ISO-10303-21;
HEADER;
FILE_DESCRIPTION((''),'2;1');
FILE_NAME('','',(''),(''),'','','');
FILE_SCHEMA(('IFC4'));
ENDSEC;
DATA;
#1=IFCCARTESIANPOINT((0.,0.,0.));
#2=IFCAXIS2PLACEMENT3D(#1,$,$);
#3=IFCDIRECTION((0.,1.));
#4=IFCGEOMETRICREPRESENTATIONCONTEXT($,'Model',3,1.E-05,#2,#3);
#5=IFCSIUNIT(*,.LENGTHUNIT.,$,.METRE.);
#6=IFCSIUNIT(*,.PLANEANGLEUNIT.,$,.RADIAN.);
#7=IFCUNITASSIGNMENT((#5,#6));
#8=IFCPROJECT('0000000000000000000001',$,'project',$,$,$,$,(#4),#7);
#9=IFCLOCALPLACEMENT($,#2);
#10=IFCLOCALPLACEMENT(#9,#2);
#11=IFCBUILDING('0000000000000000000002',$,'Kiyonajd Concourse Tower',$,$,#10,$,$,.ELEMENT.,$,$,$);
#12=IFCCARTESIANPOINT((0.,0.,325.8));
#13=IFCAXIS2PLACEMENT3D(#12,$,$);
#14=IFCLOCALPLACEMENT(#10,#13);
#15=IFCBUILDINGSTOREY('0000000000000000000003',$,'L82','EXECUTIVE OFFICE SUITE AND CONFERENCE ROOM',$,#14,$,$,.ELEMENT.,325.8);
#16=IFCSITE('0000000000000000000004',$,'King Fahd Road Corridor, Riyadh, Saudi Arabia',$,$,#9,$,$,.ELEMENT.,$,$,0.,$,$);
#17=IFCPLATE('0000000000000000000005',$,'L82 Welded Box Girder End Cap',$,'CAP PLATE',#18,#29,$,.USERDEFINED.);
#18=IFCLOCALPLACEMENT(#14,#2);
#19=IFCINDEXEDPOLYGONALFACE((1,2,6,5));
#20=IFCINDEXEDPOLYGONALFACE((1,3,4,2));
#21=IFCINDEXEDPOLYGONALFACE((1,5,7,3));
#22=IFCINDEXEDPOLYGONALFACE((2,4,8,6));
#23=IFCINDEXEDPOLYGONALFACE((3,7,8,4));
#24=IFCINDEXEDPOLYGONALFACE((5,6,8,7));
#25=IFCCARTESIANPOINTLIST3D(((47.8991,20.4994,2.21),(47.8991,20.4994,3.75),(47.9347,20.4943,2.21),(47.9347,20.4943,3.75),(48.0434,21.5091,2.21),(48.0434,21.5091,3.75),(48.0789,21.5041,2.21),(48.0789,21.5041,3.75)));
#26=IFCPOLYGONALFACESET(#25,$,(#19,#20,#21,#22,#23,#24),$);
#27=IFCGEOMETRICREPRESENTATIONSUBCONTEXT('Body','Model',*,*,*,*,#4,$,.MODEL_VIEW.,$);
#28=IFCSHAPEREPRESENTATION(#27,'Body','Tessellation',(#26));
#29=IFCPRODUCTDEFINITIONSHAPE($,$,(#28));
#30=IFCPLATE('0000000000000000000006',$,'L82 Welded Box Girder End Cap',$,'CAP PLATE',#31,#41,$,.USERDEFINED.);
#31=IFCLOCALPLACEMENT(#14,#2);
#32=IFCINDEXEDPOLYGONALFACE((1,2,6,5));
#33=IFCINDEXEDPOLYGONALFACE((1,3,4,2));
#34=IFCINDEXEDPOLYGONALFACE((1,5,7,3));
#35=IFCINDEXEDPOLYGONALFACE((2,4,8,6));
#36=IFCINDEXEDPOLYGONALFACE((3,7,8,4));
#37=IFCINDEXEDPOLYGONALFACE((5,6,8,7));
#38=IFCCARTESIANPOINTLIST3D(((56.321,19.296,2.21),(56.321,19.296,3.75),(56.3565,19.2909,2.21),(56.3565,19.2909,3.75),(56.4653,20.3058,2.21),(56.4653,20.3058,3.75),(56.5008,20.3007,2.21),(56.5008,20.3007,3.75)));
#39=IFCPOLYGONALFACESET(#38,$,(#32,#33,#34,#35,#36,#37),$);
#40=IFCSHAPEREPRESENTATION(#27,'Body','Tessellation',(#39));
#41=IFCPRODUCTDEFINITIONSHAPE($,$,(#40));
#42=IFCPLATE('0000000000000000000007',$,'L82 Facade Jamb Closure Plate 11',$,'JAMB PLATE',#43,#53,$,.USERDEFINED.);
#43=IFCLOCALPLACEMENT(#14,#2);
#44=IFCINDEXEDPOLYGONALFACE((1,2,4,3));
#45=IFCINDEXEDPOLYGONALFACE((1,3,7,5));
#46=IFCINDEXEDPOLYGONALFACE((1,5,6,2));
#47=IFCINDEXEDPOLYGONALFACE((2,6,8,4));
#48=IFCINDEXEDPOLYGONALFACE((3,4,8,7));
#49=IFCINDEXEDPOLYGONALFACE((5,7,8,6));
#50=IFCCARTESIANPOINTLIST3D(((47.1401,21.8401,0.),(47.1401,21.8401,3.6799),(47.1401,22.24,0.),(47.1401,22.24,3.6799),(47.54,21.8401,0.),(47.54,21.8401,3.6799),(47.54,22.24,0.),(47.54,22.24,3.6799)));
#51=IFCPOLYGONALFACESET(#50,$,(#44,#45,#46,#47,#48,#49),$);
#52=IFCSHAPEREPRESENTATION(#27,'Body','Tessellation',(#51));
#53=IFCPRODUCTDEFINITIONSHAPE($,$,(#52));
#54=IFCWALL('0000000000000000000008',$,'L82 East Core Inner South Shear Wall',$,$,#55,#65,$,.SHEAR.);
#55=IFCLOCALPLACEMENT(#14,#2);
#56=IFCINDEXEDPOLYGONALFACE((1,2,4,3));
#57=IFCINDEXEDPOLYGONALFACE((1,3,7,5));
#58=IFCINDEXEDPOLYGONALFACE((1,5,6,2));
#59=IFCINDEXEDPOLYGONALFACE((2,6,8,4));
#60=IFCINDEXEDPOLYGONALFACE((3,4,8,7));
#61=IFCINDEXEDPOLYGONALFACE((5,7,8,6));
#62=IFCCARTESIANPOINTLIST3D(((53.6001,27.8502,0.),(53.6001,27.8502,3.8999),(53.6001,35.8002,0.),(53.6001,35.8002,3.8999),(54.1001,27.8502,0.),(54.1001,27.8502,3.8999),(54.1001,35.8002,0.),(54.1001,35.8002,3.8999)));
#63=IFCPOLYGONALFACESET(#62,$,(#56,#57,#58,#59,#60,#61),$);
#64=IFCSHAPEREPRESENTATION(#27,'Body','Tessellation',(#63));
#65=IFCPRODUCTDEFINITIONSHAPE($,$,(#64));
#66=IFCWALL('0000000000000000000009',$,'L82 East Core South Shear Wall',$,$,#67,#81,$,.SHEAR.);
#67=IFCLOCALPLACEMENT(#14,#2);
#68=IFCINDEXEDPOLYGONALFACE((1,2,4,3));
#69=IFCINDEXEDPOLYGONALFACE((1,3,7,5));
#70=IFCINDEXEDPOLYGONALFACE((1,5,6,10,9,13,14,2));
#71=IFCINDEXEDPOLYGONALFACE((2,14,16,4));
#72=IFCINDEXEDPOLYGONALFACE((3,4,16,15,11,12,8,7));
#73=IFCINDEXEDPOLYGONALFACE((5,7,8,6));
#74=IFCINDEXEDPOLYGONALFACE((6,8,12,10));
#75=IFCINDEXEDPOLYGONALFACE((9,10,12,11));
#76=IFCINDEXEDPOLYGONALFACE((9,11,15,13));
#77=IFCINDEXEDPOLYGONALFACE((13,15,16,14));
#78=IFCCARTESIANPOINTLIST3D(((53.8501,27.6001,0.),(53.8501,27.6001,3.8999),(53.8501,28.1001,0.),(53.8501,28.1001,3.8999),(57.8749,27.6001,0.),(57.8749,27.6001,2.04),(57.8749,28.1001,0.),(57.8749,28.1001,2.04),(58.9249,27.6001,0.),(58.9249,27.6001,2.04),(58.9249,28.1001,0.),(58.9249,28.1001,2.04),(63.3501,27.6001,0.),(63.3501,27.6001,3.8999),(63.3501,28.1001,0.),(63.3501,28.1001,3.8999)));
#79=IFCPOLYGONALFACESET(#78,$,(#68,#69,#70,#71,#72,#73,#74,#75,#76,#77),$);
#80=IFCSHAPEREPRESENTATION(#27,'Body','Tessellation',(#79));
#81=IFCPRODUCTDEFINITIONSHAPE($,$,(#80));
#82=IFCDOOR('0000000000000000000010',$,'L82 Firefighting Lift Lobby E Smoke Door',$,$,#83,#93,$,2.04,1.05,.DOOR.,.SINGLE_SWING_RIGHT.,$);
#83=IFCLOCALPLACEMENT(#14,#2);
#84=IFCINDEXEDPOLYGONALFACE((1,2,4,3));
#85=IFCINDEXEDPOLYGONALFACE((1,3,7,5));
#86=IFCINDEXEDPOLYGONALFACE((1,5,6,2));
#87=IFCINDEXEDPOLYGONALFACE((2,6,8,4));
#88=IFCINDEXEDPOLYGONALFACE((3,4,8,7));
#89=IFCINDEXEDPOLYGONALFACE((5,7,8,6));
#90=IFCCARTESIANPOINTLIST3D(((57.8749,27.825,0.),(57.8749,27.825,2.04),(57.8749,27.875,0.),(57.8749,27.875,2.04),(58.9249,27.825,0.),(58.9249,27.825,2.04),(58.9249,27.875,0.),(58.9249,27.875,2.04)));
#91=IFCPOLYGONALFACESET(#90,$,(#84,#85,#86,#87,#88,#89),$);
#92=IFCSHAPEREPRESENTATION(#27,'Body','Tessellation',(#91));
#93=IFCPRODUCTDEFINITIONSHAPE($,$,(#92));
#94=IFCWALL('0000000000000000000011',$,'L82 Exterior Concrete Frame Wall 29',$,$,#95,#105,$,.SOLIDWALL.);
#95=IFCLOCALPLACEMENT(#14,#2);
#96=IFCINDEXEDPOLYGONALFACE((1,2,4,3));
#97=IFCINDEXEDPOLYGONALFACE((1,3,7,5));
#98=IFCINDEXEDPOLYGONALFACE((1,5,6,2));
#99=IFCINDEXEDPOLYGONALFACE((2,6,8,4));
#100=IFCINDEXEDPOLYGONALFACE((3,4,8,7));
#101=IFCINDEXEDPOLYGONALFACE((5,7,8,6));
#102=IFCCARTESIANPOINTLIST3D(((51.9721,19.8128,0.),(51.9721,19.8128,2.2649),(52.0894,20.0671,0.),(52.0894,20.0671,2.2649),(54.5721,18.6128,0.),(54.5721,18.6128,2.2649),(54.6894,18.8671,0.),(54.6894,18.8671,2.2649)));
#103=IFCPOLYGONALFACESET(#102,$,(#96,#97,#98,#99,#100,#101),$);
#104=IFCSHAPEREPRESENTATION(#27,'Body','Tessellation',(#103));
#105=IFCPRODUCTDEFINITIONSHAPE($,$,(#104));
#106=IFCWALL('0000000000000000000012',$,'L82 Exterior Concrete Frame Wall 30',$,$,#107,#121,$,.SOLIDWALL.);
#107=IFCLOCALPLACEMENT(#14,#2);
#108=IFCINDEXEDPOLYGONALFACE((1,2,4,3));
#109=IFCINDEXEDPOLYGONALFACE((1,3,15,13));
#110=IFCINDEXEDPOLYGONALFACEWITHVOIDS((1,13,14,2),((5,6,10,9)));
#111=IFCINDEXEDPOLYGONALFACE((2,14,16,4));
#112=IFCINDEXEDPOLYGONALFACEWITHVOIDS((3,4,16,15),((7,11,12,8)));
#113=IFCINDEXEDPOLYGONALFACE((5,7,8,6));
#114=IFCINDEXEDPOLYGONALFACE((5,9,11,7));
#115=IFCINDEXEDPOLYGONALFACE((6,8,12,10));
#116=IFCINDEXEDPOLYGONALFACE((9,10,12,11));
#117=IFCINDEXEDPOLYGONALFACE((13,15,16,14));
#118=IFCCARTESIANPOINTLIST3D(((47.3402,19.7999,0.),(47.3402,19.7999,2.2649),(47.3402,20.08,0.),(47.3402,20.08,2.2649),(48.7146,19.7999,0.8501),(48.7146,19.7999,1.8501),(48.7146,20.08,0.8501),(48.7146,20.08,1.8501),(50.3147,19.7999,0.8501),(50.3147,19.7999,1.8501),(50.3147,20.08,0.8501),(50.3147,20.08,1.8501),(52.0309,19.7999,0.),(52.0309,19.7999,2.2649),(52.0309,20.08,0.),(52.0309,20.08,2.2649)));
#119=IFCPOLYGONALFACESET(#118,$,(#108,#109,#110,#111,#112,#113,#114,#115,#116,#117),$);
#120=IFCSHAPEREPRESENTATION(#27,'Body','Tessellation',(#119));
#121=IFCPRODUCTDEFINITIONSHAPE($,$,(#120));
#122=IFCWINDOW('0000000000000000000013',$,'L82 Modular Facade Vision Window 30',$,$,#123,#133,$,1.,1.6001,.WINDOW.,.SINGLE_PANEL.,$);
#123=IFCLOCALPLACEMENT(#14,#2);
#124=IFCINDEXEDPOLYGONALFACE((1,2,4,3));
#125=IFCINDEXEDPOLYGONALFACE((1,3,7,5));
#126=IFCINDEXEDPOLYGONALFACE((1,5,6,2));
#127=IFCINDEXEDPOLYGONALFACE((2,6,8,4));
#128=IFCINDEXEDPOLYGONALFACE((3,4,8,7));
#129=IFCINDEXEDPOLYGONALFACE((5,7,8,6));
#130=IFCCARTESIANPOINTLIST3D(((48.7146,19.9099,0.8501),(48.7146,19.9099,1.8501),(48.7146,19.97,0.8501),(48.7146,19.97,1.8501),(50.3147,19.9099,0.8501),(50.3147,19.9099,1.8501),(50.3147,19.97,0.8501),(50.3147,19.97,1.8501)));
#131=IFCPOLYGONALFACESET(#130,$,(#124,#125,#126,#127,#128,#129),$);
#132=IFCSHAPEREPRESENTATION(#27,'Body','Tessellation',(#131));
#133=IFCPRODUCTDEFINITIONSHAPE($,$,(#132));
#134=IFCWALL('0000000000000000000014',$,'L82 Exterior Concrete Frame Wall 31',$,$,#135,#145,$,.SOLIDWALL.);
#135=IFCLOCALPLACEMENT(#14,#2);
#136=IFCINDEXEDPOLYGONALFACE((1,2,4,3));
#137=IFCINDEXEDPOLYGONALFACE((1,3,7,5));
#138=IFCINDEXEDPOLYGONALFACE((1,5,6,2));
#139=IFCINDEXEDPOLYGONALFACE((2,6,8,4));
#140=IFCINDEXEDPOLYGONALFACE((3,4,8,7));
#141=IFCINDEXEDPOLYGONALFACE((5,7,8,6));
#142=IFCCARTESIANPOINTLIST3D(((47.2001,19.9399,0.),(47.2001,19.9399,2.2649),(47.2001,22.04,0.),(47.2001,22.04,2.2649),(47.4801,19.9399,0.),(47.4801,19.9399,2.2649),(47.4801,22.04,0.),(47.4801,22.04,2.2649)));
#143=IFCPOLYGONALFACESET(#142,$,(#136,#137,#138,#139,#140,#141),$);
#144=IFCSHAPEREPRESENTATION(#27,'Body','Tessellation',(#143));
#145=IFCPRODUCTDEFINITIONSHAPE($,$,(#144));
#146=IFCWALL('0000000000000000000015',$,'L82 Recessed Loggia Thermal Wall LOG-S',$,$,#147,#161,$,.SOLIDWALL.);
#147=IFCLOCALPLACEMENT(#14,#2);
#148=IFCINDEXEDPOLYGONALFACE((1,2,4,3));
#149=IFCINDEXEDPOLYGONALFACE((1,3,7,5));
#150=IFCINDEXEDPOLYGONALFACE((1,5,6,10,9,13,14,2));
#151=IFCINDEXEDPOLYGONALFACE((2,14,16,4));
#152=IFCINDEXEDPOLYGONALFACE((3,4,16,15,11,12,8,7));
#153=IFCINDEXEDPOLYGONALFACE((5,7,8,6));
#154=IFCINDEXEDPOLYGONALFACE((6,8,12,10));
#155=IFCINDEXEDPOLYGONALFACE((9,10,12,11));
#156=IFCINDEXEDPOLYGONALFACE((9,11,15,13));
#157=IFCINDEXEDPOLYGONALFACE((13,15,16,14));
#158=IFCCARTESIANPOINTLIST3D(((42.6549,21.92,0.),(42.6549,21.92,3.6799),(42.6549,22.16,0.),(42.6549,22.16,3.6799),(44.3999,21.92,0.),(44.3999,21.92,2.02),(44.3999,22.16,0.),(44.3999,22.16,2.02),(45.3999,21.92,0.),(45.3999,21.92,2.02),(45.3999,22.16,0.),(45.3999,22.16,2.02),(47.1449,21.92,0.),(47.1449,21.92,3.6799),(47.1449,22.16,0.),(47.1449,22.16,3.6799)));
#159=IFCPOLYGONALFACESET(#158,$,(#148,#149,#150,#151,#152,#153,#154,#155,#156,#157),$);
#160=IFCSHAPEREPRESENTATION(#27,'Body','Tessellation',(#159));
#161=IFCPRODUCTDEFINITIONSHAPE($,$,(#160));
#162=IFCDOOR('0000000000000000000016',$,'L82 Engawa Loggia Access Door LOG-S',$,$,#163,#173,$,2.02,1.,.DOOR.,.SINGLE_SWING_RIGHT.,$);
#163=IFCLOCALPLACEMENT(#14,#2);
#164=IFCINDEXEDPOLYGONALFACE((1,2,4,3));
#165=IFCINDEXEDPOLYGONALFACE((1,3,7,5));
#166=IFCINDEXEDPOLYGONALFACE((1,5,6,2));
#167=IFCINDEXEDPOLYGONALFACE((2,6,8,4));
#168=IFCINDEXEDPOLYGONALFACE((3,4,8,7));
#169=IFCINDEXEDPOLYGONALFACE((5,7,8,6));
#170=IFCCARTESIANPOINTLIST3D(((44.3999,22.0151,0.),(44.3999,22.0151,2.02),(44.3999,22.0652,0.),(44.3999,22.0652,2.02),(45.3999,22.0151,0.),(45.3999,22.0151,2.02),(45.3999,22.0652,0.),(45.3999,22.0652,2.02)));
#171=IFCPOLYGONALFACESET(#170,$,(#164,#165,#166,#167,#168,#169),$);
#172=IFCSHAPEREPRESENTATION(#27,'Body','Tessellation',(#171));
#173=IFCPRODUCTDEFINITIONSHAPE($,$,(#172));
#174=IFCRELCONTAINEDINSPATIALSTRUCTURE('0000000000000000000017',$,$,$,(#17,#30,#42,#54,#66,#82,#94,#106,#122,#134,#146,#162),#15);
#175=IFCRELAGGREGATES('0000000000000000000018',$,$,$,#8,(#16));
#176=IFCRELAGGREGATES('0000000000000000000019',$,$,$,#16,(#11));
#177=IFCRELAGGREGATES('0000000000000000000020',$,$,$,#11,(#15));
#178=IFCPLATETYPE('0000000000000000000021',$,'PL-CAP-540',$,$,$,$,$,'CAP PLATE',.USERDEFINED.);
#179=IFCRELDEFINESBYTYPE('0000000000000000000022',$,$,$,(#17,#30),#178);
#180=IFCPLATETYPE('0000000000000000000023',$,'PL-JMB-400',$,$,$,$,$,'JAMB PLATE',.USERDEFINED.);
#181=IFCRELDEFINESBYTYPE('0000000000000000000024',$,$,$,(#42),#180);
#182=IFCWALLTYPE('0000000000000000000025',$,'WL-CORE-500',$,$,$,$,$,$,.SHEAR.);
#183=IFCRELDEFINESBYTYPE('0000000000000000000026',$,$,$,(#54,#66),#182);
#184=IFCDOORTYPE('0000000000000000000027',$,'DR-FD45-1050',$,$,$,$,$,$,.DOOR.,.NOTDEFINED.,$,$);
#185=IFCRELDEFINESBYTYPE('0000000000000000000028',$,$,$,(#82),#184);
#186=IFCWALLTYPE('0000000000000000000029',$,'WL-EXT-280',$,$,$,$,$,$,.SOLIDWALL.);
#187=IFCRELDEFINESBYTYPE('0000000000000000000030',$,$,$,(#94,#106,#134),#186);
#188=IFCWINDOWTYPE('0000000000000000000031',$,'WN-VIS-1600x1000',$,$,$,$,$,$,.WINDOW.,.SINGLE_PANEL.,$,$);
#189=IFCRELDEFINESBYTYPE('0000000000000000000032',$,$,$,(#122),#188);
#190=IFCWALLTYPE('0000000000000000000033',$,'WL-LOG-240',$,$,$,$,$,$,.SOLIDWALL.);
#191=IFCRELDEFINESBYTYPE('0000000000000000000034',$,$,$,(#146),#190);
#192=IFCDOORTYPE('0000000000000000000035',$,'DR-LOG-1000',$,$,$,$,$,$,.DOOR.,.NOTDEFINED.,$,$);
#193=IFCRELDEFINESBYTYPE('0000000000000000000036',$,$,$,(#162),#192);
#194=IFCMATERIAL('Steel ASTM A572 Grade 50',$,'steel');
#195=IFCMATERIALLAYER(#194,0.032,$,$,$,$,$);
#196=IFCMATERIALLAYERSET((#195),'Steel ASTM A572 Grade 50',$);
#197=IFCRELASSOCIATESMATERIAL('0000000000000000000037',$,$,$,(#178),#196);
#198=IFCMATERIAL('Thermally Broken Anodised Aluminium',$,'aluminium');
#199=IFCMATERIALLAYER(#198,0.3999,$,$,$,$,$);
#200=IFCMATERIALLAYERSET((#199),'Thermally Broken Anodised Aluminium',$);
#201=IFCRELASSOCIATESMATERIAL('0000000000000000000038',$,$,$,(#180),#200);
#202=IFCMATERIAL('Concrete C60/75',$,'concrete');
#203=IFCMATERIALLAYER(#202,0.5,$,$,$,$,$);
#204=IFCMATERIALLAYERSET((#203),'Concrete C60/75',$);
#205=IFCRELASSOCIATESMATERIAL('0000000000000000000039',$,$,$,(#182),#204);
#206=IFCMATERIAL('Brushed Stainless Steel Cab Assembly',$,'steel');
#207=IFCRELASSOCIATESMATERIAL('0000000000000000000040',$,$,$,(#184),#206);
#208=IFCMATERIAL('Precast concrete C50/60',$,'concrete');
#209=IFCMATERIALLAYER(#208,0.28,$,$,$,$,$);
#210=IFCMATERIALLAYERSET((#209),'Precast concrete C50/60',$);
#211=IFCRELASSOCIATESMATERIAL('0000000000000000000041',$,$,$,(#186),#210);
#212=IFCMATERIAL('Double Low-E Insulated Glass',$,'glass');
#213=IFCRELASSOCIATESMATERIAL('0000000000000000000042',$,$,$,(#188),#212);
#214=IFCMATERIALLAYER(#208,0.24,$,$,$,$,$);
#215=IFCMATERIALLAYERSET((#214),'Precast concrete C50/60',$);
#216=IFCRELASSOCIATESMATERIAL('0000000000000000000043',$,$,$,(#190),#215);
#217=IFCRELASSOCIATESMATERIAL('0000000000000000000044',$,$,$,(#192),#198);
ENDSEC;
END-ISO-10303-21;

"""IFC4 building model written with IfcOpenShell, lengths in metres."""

from ifc_helpers import new_model, si_unit, direction, frame, frame_2d, origin, origin_2d, place, context, subcontext, project, spatial, rectangle, extrude, material, layer, layer_set, type_object, element, fill, save


model = new_model("IFC4")

# Units and contexts
model_context = context("Model", 3, precision=1e-05, world=origin(), true_north=direction((0.0, 1.0)))
body_context = subcontext(model_context, "Body", "Model", "MODEL_VIEW")
ifc_project = project(units=[si_unit("LENGTHUNIT", "METRE"), si_unit("PLANEANGLEUNIT", "RADIAN")], contexts=[model_context])

# Site, building, storey
site_placement = place(None, origin())
site = spatial("IfcSite", under=ifc_project, at=site_placement, Name="King Fahd Road Corridor, Riyadh, Saudi Arabia", CompositionType="ELEMENT", RefElevation=0.0)
building_placement = place(site_placement, origin())
building = spatial("IfcBuilding", under=site, at=building_placement, Name="Kiyonajd Concourse Tower", CompositionType="ELEMENT")
storey_placement = place(building_placement, frame((0.0, 0.0, 325.8)))
storey = spatial("IfcBuildingStorey", under=building, at=storey_placement, Name="L82", Description="EXECUTIVE OFFICE SUITE AND CONFERENCE ROOM", CompositionType="ELEMENT", Elevation=325.8)

# Shared definitions
ifc_material_1 = material(Name="Concrete C60/75", Category="concrete")

# Shared definitions
ifc_material_2 = material(Name="Steel ASTM A572 Grade 50", Category="steel")

# Plates
ifc_layer_1 = layer(ifc_material_2, 0.032)
ifc_layer_set_1 = layer_set([ifc_layer_1], Name="Steel ASTM A572 Grade 50")
plate_type_1 = type_object("IfcPlateType", Name="PL-CAP-540", ElementType="CAP PLATE", PredefinedType="USERDEFINED", material=ifc_layer_set_1)
for number, where, z_axis, x_axis, name in (
    (1, (47.989, 21.0017, 2.21), (0.0, 0.0, 1.0), (-0.98995, 0.14142, 0.0), "L82 Welded Box Girder End Cap"),
    (2, (56.4109, 19.7983, 2.21), (0.0, 0.0, 1.0), (0.98995, -0.14142, 0.0), "L82 Welded Box Girder End Cap"),
):
    element("IfcPlate", number, at=place(storey_placement, frame(where, z_axis=z_axis, x_axis=x_axis)), inside=storey, type_object=plate_type_1, Name=name, ObjectType="CAP PLATE", PredefinedType="USERDEFINED", context=body_context, shape_type="SweptSolid", body=[
        extrude(rectangle(XDim=0.0359, YDim=1.02, at=origin_2d()), origin(), (0.0, 0.0, 1.0), 1.54),
    ])
ifc_material_3 = material(Name="Thermally Broken Anodised Aluminium", Category="aluminium")
ifc_layer_2 = layer(ifc_material_3, 0.3999)
ifc_layer_set_2 = layer_set([ifc_layer_2], Name="Thermally Broken Anodised Aluminium")
plate_type_2 = type_object("IfcPlateType", Name="PL-JMB-400", ElementType="JAMB PLATE", PredefinedType="USERDEFINED", material=ifc_layer_set_2)
plate_placement = place(storey_placement, frame((47.3401, 22.04, 0.0), z_axis=(0.0, 0.0, 1.0), x_axis=(1.0, 0.0, 0.0)))
element("IfcPlate", 3, at=plate_placement, inside=storey, type_object=plate_type_2, Name="L82 Facade Jamb Closure Plate 11", ObjectType="JAMB PLATE", PredefinedType="USERDEFINED", context=body_context, shape_type="SweptSolid", body=[
    extrude(rectangle(XDim=0.3999, YDim=0.3999, at=origin_2d()), origin(), (0.0, 0.0, 1.0), 3.6799),
])

# Wall
ifc_layer_3 = layer(ifc_material_1, 0.5)
ifc_layer_set_3 = layer_set([ifc_layer_3], Name="Concrete C60/75")
wall_type_1 = type_object("IfcWallType", Name="WL-CORE-500", PredefinedType="SHEAR", material=ifc_layer_set_3)
wall_1_placement = place(storey_placement, frame((53.8501, 27.8501, 0.0), z_axis=(0.0, 0.0, 1.0), x_axis=(0.0, 1.0, 0.0)))
element("IfcWall", 4, at=wall_1_placement, inside=storey, type_object=wall_type_1, Name="L82 East Core Inner South Shear Wall", PredefinedType="SHEAR", context=body_context, shape_type="SweptSolid", body=[
    extrude(rectangle(XDim=7.95, YDim=0.5, at=frame_2d((3.9751, 0.0))), origin(), (0.0, 0.0, 1.0), 3.8999),
])

# Wall, opening, door
wall_2_placement = place(storey_placement, frame((53.8501, 27.8501, 0.0), z_axis=(0.0, 0.0, 1.0), x_axis=(1.0, 0.0, 0.0)))
wall_2 = element("IfcWall", 5, at=wall_2_placement, inside=storey, type_object=wall_type_1, Name="L82 East Core South Shear Wall", PredefinedType="SHEAR", context=body_context, shape_type="SweptSolid", body=[
    extrude(rectangle(XDim=9.5, YDim=0.5, at=frame_2d((4.75, 0.0))), origin(), (0.0, 0.0, 1.0), 3.8999),
])
opening_1_placement = place(wall_2_placement, frame((4.0249, 0.0, 0.0)))
opening_1 = element("IfcOpeningElement", 6, at=opening_1_placement, cuts=wall_2, PredefinedType="OPENING", context=body_context, shape_type="SweptSolid", body=[
    extrude(rectangle(XDim=1.05, YDim=2.04, at=frame_2d((0.5249, 1.02))), frame((0.0, 0.26, 0.0), z_axis=(0.0, -1.0, 0.0), x_axis=(1.0, 0.0, 0.0)), (0.0, 0.0, 1.0), 0.52),
])
ifc_material_4 = material(Name="Brushed Stainless Steel Cab Assembly", Category="steel")
door_type_1 = type_object("IfcDoorType", Name="DR-FD45-1050", OperationType="NOTDEFINED", PredefinedType="DOOR", material=ifc_material_4)
door_1_placement = place(opening_1_placement, origin())
door_1 = element("IfcDoor", 7, at=door_1_placement, inside=storey, type_object=door_type_1, Name="L82 Firefighting Lift Lobby E Smoke Door", OperationType="SINGLE_SWING_RIGHT", OverallHeight=2.04, OverallWidth=1.05, PredefinedType="DOOR", context=body_context, shape_type="SweptSolid", body=[
    extrude(rectangle(XDim=1.05, YDim=2.04, at=frame_2d((0.5249, 1.02))), frame((0.0, 0.0249, 0.0), z_axis=(0.0, -1.0, 0.0), x_axis=(1.0, 0.0, 0.0)), (0.0, 0.0, 1.0), 0.05),
])
fill(opening_1, door_1)

# Wall
ifc_material_5 = material(Name="Precast concrete C50/60", Category="concrete")
ifc_layer_4 = layer(ifc_material_5, 0.28)
ifc_layer_set_4 = layer_set([ifc_layer_4], Name="Precast concrete C50/60")
wall_type_2 = type_object("IfcWallType", Name="WL-EXT-280", PredefinedType="SOLIDWALL", material=ifc_layer_set_4)
wall_3_placement = place(storey_placement, frame((54.6306, 18.74, 0.0), z_axis=(0.0, 0.0, 1.0), x_axis=(-0.907957, 0.419064, 0.0)))
element("IfcWall", 8, at=wall_3_placement, inside=storey, type_object=wall_type_2, Name="L82 Exterior Concrete Frame Wall 29", PredefinedType="SOLIDWALL", context=body_context, shape_type="SweptSolid", body=[
    extrude(rectangle(XDim=2.8635, YDim=0.28, at=frame_2d((1.4316, 0.0))), origin(), (0.0, 0.0, 1.0), 2.2649),
])

# Wall, opening, window
wall_4_placement = place(storey_placement, frame((52.0308, 19.9399, 0.0), z_axis=(0.0, 0.0, 1.0), x_axis=(-1.0, 0.0, 0.0)))
wall_4 = element("IfcWall", 9, at=wall_4_placement, inside=storey, type_object=wall_type_2, Name="L82 Exterior Concrete Frame Wall 30", PredefinedType="SOLIDWALL", context=body_context, shape_type="SweptSolid", body=[
    extrude(rectangle(XDim=4.6907, YDim=0.28, at=frame_2d((2.3452, 0.0))), origin(), (0.0, 0.0, 1.0), 2.2649),
])
opening_2_placement = place(wall_4_placement, frame((1.7161, 0.0, 0.8501)))
opening_2 = element("IfcOpeningElement", 10, at=opening_2_placement, cuts=wall_4, PredefinedType="OPENING", context=body_context, shape_type="SweptSolid", body=[
    extrude(rectangle(XDim=1.6001, YDim=1.0, at=frame_2d((0.8, 0.5))), frame((0.0, 0.1499, 0.0), z_axis=(0.0, -1.0, 0.0), x_axis=(1.0, 0.0, 0.0)), (0.0, 0.0, 1.0), 0.3),
])
ifc_material_6 = material(Name="Double Low-E Insulated Glass", Category="glass")
window_type = type_object("IfcWindowType", Name="WN-VIS-1600x1000", PartitioningType="SINGLE_PANEL", PredefinedType="WINDOW", material=ifc_material_6)
window_placement = place(opening_2_placement, origin())
window = element("IfcWindow", 11, at=window_placement, inside=storey, type_object=window_type, Name="L82 Modular Facade Vision Window 30", OverallHeight=1.0, OverallWidth=1.6001, PartitioningType="SINGLE_PANEL", PredefinedType="WINDOW", context=body_context, shape_type="SweptSolid", body=[
    extrude(rectangle(XDim=1.6001, YDim=1.0, at=frame_2d((0.8, 0.5))), frame((0.0, 0.03, 0.0), z_axis=(0.0, -1.0, 0.0), x_axis=(1.0, 0.0, 0.0)), (0.0, 0.0, 1.0), 0.0601),
])
fill(opening_2, window)

# Wall
wall_5_placement = place(storey_placement, frame((47.3401, 19.9399, 0.0), z_axis=(0.0, 0.0, 1.0), x_axis=(0.0, 1.0, 0.0)))
element("IfcWall", 12, at=wall_5_placement, inside=storey, type_object=wall_type_2, Name="L82 Exterior Concrete Frame Wall 31", PredefinedType="SOLIDWALL", context=body_context, shape_type="SweptSolid", body=[
    extrude(rectangle(XDim=2.1001, YDim=0.28, at=frame_2d((1.05, 0.0))), origin(), (0.0, 0.0, 1.0), 2.2649),
])

# Wall, opening, door
ifc_layer_5 = layer(ifc_material_5, 0.24)
ifc_layer_set_5 = layer_set([ifc_layer_5], Name="Precast concrete C50/60")
wall_type_3 = type_object("IfcWallType", Name="WL-LOG-240", PredefinedType="SOLIDWALL", material=ifc_layer_set_5)
wall_6_placement = place(storey_placement, frame((47.145, 22.04, 0.0), z_axis=(0.0, 0.0, 1.0), x_axis=(-1.0, 0.0, 0.0)))
wall_6 = element("IfcWall", 13, at=wall_6_placement, inside=storey, type_object=wall_type_3, Name="L82 Recessed Loggia Thermal Wall LOG-S", PredefinedType="SOLIDWALL", context=body_context, shape_type="SweptSolid", body=[
    extrude(rectangle(XDim=4.49, YDim=0.24, at=frame_2d((2.2451, 0.0))), origin(), (0.0, 0.0, 1.0), 3.6799),
])
opening_3_placement = place(wall_6_placement, frame((1.7451, 0.0, 0.0)))
opening_3 = element("IfcOpeningElement", 14, at=opening_3_placement, cuts=wall_6, PredefinedType="OPENING", context=body_context, shape_type="SweptSolid", body=[
    extrude(rectangle(XDim=1.0, YDim=2.02, at=frame_2d((0.5, 1.01))), frame((0.0, 0.1299, 0.0), z_axis=(0.0, -1.0, 0.0), x_axis=(1.0, 0.0, 0.0)), (0.0, 0.0, 1.0), 0.26),
])
door_type_2 = type_object("IfcDoorType", Name="DR-LOG-1000", OperationType="NOTDEFINED", PredefinedType="DOOR", material=ifc_material_3)
door_2_placement = place(opening_3_placement, origin())
door_2 = element("IfcDoor", 15, at=door_2_placement, inside=storey, type_object=door_type_2, Name="L82 Engawa Loggia Access Door LOG-S", OperationType="SINGLE_SWING_RIGHT", OverallHeight=2.02, OverallWidth=1.0, PredefinedType="DOOR", context=body_context, shape_type="SweptSolid", body=[
    extrude(rectangle(XDim=1.0, YDim=2.02, at=frame_2d((0.5, 1.01))), frame((0.0, 0.0249, 0.0), z_axis=(0.0, -1.0, 0.0), x_axis=(1.0, 0.0, 0.0)), (0.0, 0.0, 1.0), 0.05),
])
fill(opening_3, door_2)

save(model, "model.ifc")
